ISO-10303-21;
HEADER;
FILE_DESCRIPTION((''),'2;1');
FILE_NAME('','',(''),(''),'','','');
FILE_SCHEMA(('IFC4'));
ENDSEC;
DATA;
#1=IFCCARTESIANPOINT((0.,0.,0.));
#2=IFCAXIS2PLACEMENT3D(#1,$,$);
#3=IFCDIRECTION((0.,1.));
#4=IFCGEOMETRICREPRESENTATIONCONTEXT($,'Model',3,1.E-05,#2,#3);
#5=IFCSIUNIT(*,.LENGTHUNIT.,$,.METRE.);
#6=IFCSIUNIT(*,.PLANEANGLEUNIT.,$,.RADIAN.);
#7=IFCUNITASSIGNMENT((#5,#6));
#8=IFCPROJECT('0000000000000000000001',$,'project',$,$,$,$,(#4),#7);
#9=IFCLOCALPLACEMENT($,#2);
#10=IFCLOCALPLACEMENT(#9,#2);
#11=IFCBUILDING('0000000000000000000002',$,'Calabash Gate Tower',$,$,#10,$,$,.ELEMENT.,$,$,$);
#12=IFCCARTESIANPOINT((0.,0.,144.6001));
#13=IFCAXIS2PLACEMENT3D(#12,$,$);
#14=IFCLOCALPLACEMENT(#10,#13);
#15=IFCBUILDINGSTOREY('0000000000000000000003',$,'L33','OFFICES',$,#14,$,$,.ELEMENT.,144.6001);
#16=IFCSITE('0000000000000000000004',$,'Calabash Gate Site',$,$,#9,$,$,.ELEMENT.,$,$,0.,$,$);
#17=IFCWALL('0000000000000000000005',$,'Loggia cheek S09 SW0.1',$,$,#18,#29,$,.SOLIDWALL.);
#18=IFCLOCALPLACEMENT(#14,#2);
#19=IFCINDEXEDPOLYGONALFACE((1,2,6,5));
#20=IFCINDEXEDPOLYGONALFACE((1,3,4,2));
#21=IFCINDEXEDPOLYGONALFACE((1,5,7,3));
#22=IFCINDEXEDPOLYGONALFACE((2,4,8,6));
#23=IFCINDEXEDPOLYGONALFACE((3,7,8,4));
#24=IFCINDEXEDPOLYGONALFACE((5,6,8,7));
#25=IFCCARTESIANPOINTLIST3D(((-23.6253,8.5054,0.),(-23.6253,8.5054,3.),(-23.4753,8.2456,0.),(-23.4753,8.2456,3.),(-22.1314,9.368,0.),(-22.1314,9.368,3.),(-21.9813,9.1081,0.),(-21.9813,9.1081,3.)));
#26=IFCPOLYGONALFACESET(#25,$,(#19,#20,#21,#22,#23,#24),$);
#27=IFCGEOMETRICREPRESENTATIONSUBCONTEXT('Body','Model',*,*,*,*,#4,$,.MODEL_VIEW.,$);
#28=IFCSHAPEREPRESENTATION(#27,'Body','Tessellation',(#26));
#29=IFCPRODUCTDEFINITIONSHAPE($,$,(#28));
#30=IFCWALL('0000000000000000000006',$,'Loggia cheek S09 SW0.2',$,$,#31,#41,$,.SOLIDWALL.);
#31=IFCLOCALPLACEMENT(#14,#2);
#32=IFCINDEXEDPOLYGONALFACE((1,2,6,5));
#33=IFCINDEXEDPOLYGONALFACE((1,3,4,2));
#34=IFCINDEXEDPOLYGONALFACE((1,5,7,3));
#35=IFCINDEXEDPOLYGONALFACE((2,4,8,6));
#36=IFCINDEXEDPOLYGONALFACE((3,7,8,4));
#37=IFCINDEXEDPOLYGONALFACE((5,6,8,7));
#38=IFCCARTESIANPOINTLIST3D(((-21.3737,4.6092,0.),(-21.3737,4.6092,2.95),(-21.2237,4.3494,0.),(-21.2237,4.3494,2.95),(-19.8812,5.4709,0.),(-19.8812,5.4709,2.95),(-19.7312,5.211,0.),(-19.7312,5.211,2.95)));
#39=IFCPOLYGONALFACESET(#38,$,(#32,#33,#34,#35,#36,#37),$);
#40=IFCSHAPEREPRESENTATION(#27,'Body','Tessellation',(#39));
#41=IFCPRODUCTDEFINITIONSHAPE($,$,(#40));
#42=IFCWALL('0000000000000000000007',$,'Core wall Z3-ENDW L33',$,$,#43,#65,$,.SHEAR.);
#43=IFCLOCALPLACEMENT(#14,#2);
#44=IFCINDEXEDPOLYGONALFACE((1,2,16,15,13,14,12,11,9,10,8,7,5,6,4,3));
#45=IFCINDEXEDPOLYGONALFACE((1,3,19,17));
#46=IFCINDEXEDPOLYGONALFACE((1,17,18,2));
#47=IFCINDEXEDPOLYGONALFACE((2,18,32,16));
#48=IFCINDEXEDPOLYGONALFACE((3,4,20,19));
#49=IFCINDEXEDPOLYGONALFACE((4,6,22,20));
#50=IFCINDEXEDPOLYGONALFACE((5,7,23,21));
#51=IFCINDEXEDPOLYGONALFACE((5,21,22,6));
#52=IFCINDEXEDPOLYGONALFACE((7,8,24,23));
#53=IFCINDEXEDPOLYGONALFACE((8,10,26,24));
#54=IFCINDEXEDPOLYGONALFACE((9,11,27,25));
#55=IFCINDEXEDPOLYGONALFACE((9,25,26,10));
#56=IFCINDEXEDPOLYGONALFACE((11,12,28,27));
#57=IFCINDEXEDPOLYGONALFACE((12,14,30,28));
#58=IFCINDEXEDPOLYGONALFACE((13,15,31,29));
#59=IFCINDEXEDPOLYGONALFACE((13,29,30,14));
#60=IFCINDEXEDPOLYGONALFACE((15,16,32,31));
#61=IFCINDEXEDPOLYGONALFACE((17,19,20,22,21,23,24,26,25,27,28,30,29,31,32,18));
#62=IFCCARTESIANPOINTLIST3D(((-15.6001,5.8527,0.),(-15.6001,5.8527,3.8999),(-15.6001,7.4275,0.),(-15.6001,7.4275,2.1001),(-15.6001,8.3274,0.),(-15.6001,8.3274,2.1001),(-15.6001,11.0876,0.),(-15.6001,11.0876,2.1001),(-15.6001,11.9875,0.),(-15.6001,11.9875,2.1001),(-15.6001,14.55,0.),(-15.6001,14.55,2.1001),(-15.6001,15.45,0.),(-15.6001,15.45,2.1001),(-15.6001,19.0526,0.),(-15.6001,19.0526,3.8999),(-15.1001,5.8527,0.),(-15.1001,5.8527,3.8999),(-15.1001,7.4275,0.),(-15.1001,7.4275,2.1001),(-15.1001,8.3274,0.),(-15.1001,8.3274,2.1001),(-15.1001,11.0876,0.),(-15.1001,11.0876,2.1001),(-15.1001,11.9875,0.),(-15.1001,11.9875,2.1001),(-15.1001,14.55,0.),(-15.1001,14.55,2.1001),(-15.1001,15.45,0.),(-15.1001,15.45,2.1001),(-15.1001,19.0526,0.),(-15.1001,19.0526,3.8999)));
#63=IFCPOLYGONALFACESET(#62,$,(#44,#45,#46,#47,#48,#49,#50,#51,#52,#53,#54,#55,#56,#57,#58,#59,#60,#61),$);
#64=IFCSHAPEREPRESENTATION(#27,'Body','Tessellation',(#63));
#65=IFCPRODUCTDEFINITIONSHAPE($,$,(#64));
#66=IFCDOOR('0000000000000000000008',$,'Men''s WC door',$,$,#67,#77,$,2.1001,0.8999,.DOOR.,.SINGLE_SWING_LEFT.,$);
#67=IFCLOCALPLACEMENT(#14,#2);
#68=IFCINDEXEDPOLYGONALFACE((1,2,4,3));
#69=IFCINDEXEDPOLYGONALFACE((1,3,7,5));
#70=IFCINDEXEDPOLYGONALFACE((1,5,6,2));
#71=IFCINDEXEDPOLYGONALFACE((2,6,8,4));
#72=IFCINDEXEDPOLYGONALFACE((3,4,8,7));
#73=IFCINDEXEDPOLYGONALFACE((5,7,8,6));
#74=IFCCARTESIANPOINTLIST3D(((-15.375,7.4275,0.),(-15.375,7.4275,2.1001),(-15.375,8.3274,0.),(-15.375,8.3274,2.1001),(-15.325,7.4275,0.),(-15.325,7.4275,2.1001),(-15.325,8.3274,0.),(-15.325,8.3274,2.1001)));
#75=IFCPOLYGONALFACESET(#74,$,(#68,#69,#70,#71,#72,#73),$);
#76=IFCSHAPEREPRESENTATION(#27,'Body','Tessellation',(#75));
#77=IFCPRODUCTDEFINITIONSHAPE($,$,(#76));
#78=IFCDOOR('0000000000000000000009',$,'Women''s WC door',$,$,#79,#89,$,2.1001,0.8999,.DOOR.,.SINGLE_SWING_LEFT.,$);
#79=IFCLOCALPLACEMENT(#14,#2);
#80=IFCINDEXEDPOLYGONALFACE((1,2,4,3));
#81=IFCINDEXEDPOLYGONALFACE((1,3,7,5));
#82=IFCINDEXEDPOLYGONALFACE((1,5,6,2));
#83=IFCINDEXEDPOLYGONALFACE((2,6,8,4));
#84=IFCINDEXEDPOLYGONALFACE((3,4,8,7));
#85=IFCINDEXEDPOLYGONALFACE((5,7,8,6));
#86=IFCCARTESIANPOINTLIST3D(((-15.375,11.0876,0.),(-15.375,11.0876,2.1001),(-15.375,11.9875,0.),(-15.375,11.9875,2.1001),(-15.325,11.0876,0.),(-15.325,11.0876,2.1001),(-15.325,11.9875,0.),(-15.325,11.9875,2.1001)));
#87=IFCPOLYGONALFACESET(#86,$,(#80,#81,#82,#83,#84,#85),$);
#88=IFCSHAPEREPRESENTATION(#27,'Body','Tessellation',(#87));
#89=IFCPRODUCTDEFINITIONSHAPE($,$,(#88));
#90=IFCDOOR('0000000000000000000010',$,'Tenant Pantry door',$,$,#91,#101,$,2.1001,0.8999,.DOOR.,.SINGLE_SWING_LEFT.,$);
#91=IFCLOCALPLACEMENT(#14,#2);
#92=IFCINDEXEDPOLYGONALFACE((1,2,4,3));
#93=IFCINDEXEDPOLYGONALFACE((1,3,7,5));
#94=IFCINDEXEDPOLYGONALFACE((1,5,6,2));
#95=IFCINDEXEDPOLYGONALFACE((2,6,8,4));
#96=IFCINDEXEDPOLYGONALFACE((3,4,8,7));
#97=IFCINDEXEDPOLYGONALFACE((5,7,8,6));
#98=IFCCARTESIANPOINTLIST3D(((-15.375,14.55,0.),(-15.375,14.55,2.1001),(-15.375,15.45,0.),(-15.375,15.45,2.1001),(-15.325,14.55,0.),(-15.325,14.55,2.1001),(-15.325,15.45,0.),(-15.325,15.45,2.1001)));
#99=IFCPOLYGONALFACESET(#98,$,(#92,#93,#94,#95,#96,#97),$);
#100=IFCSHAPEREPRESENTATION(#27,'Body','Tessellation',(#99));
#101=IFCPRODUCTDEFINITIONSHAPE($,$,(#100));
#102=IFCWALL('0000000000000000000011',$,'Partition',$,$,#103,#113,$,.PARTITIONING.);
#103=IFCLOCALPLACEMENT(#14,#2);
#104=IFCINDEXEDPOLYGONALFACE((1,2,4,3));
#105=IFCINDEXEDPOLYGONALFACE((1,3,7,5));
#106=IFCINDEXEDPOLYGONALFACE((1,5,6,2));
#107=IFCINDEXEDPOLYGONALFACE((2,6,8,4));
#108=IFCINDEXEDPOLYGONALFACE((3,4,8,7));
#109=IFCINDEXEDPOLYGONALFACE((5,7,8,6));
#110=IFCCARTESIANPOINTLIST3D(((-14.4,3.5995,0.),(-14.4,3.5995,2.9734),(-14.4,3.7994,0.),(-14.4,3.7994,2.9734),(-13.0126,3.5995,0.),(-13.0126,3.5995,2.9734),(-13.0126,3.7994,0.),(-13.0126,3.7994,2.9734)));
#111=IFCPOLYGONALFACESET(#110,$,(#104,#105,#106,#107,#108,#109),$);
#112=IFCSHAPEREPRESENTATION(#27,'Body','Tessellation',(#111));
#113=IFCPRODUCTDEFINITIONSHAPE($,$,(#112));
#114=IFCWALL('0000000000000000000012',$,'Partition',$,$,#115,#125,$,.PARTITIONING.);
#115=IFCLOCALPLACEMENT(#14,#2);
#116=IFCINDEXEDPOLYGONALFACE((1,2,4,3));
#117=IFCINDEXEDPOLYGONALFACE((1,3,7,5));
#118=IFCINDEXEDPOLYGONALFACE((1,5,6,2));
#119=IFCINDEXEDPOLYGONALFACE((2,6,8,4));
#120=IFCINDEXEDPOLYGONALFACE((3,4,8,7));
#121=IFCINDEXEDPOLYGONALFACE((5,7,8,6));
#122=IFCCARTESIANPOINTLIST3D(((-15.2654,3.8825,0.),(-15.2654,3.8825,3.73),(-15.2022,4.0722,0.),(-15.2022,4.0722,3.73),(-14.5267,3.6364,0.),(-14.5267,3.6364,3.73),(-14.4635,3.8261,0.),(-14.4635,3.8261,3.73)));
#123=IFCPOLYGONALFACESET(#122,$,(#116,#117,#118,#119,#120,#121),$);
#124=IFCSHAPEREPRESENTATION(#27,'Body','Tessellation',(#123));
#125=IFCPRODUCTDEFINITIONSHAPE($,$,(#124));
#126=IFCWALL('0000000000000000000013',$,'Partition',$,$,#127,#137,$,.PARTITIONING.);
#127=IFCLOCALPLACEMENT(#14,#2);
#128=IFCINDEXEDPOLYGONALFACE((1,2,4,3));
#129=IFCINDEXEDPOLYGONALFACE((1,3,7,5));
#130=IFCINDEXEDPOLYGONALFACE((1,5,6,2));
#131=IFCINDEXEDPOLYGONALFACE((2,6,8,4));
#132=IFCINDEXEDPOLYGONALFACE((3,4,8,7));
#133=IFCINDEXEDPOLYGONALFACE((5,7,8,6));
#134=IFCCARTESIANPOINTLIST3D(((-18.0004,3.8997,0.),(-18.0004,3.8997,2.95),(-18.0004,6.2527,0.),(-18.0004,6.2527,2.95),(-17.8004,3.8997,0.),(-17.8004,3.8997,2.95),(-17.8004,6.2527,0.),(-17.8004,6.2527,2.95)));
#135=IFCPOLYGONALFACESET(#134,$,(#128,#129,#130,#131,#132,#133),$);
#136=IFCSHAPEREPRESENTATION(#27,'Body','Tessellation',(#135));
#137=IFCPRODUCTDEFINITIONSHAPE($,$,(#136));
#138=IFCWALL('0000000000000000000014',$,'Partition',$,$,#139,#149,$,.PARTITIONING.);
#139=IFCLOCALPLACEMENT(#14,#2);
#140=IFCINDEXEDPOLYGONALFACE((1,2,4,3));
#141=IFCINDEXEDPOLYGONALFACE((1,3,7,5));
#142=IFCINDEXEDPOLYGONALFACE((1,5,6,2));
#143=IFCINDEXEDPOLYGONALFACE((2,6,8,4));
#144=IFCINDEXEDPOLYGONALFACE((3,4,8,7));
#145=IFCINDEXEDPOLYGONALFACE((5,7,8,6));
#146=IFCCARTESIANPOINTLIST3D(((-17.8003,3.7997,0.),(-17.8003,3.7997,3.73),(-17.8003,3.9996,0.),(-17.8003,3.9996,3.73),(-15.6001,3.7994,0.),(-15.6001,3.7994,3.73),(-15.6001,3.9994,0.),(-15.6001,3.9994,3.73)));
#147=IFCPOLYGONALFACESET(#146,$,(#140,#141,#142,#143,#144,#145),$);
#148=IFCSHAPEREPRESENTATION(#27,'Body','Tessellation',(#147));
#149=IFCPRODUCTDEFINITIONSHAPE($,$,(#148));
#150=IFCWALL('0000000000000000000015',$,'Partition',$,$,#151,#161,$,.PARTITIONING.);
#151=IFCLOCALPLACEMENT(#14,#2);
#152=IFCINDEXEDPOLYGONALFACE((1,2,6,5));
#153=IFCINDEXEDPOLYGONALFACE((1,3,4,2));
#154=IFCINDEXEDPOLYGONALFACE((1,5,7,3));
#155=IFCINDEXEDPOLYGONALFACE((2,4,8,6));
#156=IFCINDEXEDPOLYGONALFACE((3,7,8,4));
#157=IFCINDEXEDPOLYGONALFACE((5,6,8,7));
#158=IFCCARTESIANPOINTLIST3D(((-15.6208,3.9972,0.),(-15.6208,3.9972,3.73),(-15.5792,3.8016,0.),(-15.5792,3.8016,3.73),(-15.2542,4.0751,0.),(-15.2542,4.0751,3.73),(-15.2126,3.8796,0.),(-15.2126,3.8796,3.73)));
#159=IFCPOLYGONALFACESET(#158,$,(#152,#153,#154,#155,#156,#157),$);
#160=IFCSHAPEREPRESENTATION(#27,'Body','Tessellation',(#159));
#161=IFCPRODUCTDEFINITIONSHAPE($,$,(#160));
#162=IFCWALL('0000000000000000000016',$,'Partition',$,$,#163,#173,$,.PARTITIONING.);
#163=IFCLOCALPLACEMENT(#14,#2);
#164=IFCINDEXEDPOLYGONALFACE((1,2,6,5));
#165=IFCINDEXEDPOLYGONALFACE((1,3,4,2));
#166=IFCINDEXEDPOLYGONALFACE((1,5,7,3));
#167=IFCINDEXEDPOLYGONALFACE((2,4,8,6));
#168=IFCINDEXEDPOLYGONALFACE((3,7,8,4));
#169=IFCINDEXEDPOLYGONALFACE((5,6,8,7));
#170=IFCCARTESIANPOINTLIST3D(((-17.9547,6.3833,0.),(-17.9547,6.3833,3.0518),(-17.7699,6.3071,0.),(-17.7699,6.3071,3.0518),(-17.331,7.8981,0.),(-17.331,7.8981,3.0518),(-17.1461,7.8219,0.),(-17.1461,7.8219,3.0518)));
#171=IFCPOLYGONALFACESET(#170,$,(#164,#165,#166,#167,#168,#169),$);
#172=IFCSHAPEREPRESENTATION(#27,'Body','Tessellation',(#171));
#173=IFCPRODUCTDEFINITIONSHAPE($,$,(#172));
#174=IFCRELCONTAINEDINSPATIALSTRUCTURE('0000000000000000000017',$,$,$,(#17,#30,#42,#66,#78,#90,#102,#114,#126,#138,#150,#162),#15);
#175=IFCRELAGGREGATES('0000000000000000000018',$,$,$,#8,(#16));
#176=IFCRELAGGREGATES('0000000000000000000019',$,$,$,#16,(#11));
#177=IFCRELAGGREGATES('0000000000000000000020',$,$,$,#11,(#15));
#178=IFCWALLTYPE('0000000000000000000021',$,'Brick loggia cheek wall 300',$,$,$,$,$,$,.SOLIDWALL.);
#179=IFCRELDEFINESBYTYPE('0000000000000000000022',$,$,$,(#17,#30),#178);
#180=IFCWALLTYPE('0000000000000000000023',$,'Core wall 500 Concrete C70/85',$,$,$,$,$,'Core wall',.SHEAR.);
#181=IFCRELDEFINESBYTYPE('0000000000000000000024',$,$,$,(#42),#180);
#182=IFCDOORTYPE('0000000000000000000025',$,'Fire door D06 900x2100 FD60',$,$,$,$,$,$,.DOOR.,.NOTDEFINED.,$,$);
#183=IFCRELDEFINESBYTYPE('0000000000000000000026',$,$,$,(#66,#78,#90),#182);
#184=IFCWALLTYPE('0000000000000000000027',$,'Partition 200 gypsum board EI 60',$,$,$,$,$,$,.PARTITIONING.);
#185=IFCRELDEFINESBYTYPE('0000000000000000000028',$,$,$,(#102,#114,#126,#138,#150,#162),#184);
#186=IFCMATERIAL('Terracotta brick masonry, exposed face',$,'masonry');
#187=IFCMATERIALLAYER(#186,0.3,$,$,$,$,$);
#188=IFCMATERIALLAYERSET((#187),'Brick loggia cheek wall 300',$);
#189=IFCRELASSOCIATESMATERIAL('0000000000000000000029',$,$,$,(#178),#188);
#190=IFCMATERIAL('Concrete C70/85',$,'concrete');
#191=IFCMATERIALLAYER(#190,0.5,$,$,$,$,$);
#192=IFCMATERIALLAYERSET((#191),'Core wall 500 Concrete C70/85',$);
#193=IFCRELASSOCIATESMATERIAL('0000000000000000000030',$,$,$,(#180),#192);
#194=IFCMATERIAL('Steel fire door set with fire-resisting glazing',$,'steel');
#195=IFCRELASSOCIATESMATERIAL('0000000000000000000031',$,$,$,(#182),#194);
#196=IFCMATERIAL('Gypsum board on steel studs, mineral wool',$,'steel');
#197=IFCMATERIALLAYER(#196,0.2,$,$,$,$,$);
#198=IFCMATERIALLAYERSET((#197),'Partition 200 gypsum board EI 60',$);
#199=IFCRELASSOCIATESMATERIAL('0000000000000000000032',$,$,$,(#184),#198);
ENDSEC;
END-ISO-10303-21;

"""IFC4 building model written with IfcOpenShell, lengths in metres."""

from ifc_helpers import new_model, si_unit, direction, frame, frame_2d, origin, place, context, subcontext, project, spatial, rectangle, extrude, material, layer, layer_set, type_object, element, fill, save


model = new_model("IFC4")

# Units and contexts
model_context = context("Model", 3, precision=1e-05, world=origin(), true_north=direction((0.0, 1.0)))
body_context = subcontext(model_context, "Body", "Model", "MODEL_VIEW")
ifc_project = project(units=[si_unit("LENGTHUNIT", "METRE"), si_unit("PLANEANGLEUNIT", "RADIAN")], contexts=[model_context])

# Site, building, storey
site_placement = place(None, origin())
site = spatial("IfcSite", under=ifc_project, at=site_placement, Name="Calabash Gate Site", CompositionType="ELEMENT", RefElevation=0.0)
building_placement = place(site_placement, origin())
building = spatial("IfcBuilding", under=site, at=building_placement, Name="Calabash Gate Tower", CompositionType="ELEMENT")
storey_placement = place(building_placement, frame((0.0, 0.0, 144.6001)))
storey = spatial("IfcBuildingStorey", under=building, at=storey_placement, Name="L33", Description="OFFICES", CompositionType="ELEMENT", Elevation=144.6001)

# Walls
ifc_material_1 = material(Name="Terracotta brick masonry, exposed face", Category="masonry")
ifc_layer_1 = layer(ifc_material_1, 0.3)
ifc_layer_set_1 = layer_set([ifc_layer_1], Name="Brick loggia cheek wall 300")
wall_type_1 = type_object("IfcWallType", Name="Brick loggia cheek wall 300", PredefinedType="SOLIDWALL", material=ifc_layer_set_1)
wall_1_placement = place(storey_placement, frame((-23.5503, 8.3755, 0.0), z_axis=(0.0, 0.0, 1.0), x_axis=(0.866014, 0.500021, 0.0)))
element("IfcWall", 1, at=wall_1_placement, inside=storey, type_object=wall_type_1, Name="Loggia cheek S09 SW0.1", PredefinedType="SOLIDWALL", context=body_context, shape_type="SweptSolid", body=[
    extrude(rectangle(XDim=1.7251, YDim=0.3, at=frame_2d((0.8625, 0.0))), origin(), (0.0, 0.0, 1.0), 3.0),
])
wall_2_placement = place(storey_placement, frame((-21.2988, 4.4792, 0.0), z_axis=(0.0, 0.0, 1.0), x_axis=(0.866046, 0.499964, 0.0)))
element("IfcWall", 2, at=wall_2_placement, inside=storey, type_object=wall_type_1, Name="Loggia cheek S09 SW0.2", PredefinedType="SOLIDWALL", context=body_context, shape_type="SweptSolid", body=[
    extrude(rectangle(XDim=1.7234, YDim=0.3, at=frame_2d((0.8618, 0.0))), origin(), (0.0, 0.0, 1.0), 2.95),
])

# Wall, openings, doors
ifc_material_2 = material(Name="Concrete C70/85", Category="concrete")
ifc_layer_2 = layer(ifc_material_2, 0.5)
ifc_layer_set_2 = layer_set([ifc_layer_2], Name="Core wall 500 Concrete C70/85")
wall_type_2 = type_object("IfcWallType", Name="Core wall 500 Concrete C70/85", ElementType="Core wall", PredefinedType="SHEAR", material=ifc_layer_set_2)
wall_3_placement = place(storey_placement, frame((-15.3501, 5.8525, 0.0), z_axis=(0.0, 0.0, 1.0), x_axis=(0.0, 1.0, 0.0)))
wall_3 = element("IfcWall", 3, at=wall_3_placement, inside=storey, type_object=wall_type_2, Name="Core wall Z3-ENDW L33", PredefinedType="SHEAR", context=body_context, shape_type="SweptSolid", body=[
    extrude(rectangle(XDim=13.2, YDim=0.5, at=frame_2d((6.6001, 0.0))), origin(), (0.0, 0.0, 1.0), 3.8999),
])
opening_1_placement = place(wall_3_placement, frame((1.575, 0.0, 0.0)))
opening_1 = element("IfcOpeningElement", 4, at=opening_1_placement, cuts=wall_3, PredefinedType="OPENING", context=body_context, shape_type="SweptSolid", body=[
    extrude(rectangle(XDim=0.8999, YDim=2.1001, at=frame_2d((0.45, 1.05))), frame((0.0, 0.26, 0.0), z_axis=(0.0, -1.0, 0.0), x_axis=(1.0, 0.0, 0.0)), (0.0, 0.0, 1.0), 0.52),
])
opening_2_placement = place(wall_3_placement, frame((5.2351, 0.0, 0.0)))
opening_2 = element("IfcOpeningElement", 5, at=opening_2_placement, cuts=wall_3, PredefinedType="OPENING", context=body_context, shape_type="SweptSolid", body=[
    extrude(rectangle(XDim=0.8999, YDim=2.1001, at=frame_2d((0.45, 1.05))), frame((0.0, 0.26, 0.0), z_axis=(0.0, -1.0, 0.0), x_axis=(1.0, 0.0, 0.0)), (0.0, 0.0, 1.0), 0.52),
])
opening_3_placement = place(wall_3_placement, frame((8.6975, 0.0, 0.0)))
opening_3 = element("IfcOpeningElement", 6, at=opening_3_placement, cuts=wall_3, PredefinedType="OPENING", context=body_context, shape_type="SweptSolid", body=[
    extrude(rectangle(XDim=0.8999, YDim=2.1001, at=frame_2d((0.45, 1.05))), frame((0.0, 0.26, 0.0), z_axis=(0.0, -1.0, 0.0), x_axis=(1.0, 0.0, 0.0)), (0.0, 0.0, 1.0), 0.52),
])
ifc_material_3 = material(Name="Steel fire door set with fire-resisting glazing", Category="steel")
door_type_1 = type_object("IfcDoorType", Name="Fire door D06 900x2100 FD60", OperationType="NOTDEFINED", PredefinedType="DOOR", material=ifc_material_3)
door_1_placement = place(opening_1_placement, origin())
door_1 = element("IfcDoor", 7, at=door_1_placement, inside=storey, type_object=door_type_1, Name="Men's WC door", OperationType="SINGLE_SWING_LEFT", OverallHeight=2.1001, OverallWidth=0.8999, PredefinedType="DOOR", context=body_context, shape_type="SweptSolid", body=[
    extrude(rectangle(XDim=0.8999, YDim=2.1001, at=frame_2d((0.45, 1.05))), frame((0.0, 0.0249, 0.0), z_axis=(0.0, -1.0, 0.0), x_axis=(1.0, 0.0, 0.0)), (0.0, 0.0, 1.0), 0.05),
])
fill(opening_1, door_1)
door_2_placement = place(opening_2_placement, origin())
door_2 = element("IfcDoor", 8, at=door_2_placement, inside=storey, type_object=door_type_1, Name="Women's WC door", OperationType="SINGLE_SWING_LEFT", OverallHeight=2.1001, OverallWidth=0.8999, PredefinedType="DOOR", context=body_context, shape_type="SweptSolid", body=[
    extrude(rectangle(XDim=0.8999, YDim=2.1001, at=frame_2d((0.45, 1.05))), frame((0.0, 0.0249, 0.0), z_axis=(0.0, -1.0, 0.0), x_axis=(1.0, 0.0, 0.0)), (0.0, 0.0, 1.0), 0.05),
])
fill(opening_2, door_2)
door_3_placement = place(opening_3_placement, origin())
door_3 = element("IfcDoor", 9, at=door_3_placement, inside=storey, type_object=door_type_1, Name="Tenant Pantry door", OperationType="SINGLE_SWING_LEFT", OverallHeight=2.1001, OverallWidth=0.8999, PredefinedType="DOOR", context=body_context, shape_type="SweptSolid", body=[
    extrude(rectangle(XDim=0.8999, YDim=2.1001, at=frame_2d((0.45, 1.05))), frame((0.0, 0.0249, 0.0), z_axis=(0.0, -1.0, 0.0), x_axis=(1.0, 0.0, 0.0)), (0.0, 0.0, 1.0), 0.05),
])
fill(opening_3, door_3)

# Walls
ifc_material_4 = material(Name="Gypsum board on steel studs, mineral wool", Category="steel")
ifc_layer_3 = layer(ifc_material_4, 0.2)
ifc_layer_set_3 = layer_set([ifc_layer_3], Name="Partition 200 gypsum board EI 60")
wall_type_3 = type_object("IfcWallType", Name="Partition 200 gypsum board EI 60", PredefinedType="PARTITIONING", material=ifc_layer_set_3)
wall_4_placement = place(storey_placement, frame((-14.4001, 3.6995, 0.0), z_axis=(0.0, 0.0, 1.0), x_axis=(1.0, 0.0, 0.0)))
element("IfcWall", 10, at=wall_4_placement, inside=storey, type_object=wall_type_3, Name="Partition", PredefinedType="PARTITIONING", context=body_context, shape_type="SweptSolid", body=[
    extrude(rectangle(XDim=1.3875, YDim=0.2, at=frame_2d((0.6938, 0.0))), origin(), (0.0, 0.0, 1.0), 2.9734),
])
wall_5_placement = place(storey_placement, frame((-15.2336, 3.9773, 0.0), z_axis=(0.0, 0.0, 1.0), x_axis=(0.948746, -0.31604, 0.0)))
element("IfcWall", 11, at=wall_5_placement, inside=storey, type_object=wall_type_3, Name="Partition", PredefinedType="PARTITIONING", context=body_context, shape_type="SweptSolid", body=[
    extrude(rectangle(XDim=0.7786, YDim=0.2, at=frame_2d((0.3892, 0.0))), origin(), (0.0, 0.0, 1.0), 3.73),
])
wall_6_placement = place(storey_placement, frame((-17.9004, 6.2527, 0.0), z_axis=(0.0, 0.0, 1.0), x_axis=(0.0, -1.0, 0.0)))
element("IfcWall", 12, at=wall_6_placement, inside=storey, type_object=wall_type_3, Name="Partition", PredefinedType="PARTITIONING", context=body_context, shape_type="SweptSolid", body=[
    extrude(rectangle(XDim=2.353, YDim=0.2, at=frame_2d((1.1765, 0.0))), origin(), (0.0, 0.0, 1.0), 2.95),
])
wall_7_placement = place(storey_placement, frame((-17.8003, 3.8997, 0.0), z_axis=(0.0, 0.0, 1.0), x_axis=(1.0, -0.000111, 0.0)))
element("IfcWall", 13, at=wall_7_placement, inside=storey, type_object=wall_type_3, Name="Partition", PredefinedType="PARTITIONING", context=body_context, shape_type="SweptSolid", body=[
    extrude(rectangle(XDim=2.2002, YDim=0.2, at=frame_2d((1.1001, 0.0))), origin(), (0.0, 0.0, 1.0), 3.73),
])
wall_8_placement = place(storey_placement, frame((-15.6001, 3.8994, 0.0), z_axis=(0.0, 0.0, 1.0), x_axis=(0.978154, 0.207882, 0.0)))
element("IfcWall", 14, at=wall_8_placement, inside=storey, type_object=wall_type_3, Name="Partition", PredefinedType="PARTITIONING", context=body_context, shape_type="SweptSolid", body=[
    extrude(rectangle(XDim=0.3748, YDim=0.2, at=frame_2d((0.1875, 0.0))), origin(), (0.0, 0.0, 1.0), 3.73),
])
wall_9_placement = place(storey_placement, frame((-17.8623, 6.3452, 0.0), z_axis=(0.0, 0.0, 1.0), x_axis=(0.38075, 0.924678, 0.0)))
element("IfcWall", 15, at=wall_9_placement, inside=storey, type_object=wall_type_3, Name="Partition", PredefinedType="PARTITIONING", context=body_context, shape_type="SweptSolid", body=[
    extrude(rectangle(XDim=1.6382, YDim=0.2, at=frame_2d((0.8191, 0.0))), origin(), (0.0, 0.0, 1.0), 3.0518),
])

save(model, "model.ifc")
